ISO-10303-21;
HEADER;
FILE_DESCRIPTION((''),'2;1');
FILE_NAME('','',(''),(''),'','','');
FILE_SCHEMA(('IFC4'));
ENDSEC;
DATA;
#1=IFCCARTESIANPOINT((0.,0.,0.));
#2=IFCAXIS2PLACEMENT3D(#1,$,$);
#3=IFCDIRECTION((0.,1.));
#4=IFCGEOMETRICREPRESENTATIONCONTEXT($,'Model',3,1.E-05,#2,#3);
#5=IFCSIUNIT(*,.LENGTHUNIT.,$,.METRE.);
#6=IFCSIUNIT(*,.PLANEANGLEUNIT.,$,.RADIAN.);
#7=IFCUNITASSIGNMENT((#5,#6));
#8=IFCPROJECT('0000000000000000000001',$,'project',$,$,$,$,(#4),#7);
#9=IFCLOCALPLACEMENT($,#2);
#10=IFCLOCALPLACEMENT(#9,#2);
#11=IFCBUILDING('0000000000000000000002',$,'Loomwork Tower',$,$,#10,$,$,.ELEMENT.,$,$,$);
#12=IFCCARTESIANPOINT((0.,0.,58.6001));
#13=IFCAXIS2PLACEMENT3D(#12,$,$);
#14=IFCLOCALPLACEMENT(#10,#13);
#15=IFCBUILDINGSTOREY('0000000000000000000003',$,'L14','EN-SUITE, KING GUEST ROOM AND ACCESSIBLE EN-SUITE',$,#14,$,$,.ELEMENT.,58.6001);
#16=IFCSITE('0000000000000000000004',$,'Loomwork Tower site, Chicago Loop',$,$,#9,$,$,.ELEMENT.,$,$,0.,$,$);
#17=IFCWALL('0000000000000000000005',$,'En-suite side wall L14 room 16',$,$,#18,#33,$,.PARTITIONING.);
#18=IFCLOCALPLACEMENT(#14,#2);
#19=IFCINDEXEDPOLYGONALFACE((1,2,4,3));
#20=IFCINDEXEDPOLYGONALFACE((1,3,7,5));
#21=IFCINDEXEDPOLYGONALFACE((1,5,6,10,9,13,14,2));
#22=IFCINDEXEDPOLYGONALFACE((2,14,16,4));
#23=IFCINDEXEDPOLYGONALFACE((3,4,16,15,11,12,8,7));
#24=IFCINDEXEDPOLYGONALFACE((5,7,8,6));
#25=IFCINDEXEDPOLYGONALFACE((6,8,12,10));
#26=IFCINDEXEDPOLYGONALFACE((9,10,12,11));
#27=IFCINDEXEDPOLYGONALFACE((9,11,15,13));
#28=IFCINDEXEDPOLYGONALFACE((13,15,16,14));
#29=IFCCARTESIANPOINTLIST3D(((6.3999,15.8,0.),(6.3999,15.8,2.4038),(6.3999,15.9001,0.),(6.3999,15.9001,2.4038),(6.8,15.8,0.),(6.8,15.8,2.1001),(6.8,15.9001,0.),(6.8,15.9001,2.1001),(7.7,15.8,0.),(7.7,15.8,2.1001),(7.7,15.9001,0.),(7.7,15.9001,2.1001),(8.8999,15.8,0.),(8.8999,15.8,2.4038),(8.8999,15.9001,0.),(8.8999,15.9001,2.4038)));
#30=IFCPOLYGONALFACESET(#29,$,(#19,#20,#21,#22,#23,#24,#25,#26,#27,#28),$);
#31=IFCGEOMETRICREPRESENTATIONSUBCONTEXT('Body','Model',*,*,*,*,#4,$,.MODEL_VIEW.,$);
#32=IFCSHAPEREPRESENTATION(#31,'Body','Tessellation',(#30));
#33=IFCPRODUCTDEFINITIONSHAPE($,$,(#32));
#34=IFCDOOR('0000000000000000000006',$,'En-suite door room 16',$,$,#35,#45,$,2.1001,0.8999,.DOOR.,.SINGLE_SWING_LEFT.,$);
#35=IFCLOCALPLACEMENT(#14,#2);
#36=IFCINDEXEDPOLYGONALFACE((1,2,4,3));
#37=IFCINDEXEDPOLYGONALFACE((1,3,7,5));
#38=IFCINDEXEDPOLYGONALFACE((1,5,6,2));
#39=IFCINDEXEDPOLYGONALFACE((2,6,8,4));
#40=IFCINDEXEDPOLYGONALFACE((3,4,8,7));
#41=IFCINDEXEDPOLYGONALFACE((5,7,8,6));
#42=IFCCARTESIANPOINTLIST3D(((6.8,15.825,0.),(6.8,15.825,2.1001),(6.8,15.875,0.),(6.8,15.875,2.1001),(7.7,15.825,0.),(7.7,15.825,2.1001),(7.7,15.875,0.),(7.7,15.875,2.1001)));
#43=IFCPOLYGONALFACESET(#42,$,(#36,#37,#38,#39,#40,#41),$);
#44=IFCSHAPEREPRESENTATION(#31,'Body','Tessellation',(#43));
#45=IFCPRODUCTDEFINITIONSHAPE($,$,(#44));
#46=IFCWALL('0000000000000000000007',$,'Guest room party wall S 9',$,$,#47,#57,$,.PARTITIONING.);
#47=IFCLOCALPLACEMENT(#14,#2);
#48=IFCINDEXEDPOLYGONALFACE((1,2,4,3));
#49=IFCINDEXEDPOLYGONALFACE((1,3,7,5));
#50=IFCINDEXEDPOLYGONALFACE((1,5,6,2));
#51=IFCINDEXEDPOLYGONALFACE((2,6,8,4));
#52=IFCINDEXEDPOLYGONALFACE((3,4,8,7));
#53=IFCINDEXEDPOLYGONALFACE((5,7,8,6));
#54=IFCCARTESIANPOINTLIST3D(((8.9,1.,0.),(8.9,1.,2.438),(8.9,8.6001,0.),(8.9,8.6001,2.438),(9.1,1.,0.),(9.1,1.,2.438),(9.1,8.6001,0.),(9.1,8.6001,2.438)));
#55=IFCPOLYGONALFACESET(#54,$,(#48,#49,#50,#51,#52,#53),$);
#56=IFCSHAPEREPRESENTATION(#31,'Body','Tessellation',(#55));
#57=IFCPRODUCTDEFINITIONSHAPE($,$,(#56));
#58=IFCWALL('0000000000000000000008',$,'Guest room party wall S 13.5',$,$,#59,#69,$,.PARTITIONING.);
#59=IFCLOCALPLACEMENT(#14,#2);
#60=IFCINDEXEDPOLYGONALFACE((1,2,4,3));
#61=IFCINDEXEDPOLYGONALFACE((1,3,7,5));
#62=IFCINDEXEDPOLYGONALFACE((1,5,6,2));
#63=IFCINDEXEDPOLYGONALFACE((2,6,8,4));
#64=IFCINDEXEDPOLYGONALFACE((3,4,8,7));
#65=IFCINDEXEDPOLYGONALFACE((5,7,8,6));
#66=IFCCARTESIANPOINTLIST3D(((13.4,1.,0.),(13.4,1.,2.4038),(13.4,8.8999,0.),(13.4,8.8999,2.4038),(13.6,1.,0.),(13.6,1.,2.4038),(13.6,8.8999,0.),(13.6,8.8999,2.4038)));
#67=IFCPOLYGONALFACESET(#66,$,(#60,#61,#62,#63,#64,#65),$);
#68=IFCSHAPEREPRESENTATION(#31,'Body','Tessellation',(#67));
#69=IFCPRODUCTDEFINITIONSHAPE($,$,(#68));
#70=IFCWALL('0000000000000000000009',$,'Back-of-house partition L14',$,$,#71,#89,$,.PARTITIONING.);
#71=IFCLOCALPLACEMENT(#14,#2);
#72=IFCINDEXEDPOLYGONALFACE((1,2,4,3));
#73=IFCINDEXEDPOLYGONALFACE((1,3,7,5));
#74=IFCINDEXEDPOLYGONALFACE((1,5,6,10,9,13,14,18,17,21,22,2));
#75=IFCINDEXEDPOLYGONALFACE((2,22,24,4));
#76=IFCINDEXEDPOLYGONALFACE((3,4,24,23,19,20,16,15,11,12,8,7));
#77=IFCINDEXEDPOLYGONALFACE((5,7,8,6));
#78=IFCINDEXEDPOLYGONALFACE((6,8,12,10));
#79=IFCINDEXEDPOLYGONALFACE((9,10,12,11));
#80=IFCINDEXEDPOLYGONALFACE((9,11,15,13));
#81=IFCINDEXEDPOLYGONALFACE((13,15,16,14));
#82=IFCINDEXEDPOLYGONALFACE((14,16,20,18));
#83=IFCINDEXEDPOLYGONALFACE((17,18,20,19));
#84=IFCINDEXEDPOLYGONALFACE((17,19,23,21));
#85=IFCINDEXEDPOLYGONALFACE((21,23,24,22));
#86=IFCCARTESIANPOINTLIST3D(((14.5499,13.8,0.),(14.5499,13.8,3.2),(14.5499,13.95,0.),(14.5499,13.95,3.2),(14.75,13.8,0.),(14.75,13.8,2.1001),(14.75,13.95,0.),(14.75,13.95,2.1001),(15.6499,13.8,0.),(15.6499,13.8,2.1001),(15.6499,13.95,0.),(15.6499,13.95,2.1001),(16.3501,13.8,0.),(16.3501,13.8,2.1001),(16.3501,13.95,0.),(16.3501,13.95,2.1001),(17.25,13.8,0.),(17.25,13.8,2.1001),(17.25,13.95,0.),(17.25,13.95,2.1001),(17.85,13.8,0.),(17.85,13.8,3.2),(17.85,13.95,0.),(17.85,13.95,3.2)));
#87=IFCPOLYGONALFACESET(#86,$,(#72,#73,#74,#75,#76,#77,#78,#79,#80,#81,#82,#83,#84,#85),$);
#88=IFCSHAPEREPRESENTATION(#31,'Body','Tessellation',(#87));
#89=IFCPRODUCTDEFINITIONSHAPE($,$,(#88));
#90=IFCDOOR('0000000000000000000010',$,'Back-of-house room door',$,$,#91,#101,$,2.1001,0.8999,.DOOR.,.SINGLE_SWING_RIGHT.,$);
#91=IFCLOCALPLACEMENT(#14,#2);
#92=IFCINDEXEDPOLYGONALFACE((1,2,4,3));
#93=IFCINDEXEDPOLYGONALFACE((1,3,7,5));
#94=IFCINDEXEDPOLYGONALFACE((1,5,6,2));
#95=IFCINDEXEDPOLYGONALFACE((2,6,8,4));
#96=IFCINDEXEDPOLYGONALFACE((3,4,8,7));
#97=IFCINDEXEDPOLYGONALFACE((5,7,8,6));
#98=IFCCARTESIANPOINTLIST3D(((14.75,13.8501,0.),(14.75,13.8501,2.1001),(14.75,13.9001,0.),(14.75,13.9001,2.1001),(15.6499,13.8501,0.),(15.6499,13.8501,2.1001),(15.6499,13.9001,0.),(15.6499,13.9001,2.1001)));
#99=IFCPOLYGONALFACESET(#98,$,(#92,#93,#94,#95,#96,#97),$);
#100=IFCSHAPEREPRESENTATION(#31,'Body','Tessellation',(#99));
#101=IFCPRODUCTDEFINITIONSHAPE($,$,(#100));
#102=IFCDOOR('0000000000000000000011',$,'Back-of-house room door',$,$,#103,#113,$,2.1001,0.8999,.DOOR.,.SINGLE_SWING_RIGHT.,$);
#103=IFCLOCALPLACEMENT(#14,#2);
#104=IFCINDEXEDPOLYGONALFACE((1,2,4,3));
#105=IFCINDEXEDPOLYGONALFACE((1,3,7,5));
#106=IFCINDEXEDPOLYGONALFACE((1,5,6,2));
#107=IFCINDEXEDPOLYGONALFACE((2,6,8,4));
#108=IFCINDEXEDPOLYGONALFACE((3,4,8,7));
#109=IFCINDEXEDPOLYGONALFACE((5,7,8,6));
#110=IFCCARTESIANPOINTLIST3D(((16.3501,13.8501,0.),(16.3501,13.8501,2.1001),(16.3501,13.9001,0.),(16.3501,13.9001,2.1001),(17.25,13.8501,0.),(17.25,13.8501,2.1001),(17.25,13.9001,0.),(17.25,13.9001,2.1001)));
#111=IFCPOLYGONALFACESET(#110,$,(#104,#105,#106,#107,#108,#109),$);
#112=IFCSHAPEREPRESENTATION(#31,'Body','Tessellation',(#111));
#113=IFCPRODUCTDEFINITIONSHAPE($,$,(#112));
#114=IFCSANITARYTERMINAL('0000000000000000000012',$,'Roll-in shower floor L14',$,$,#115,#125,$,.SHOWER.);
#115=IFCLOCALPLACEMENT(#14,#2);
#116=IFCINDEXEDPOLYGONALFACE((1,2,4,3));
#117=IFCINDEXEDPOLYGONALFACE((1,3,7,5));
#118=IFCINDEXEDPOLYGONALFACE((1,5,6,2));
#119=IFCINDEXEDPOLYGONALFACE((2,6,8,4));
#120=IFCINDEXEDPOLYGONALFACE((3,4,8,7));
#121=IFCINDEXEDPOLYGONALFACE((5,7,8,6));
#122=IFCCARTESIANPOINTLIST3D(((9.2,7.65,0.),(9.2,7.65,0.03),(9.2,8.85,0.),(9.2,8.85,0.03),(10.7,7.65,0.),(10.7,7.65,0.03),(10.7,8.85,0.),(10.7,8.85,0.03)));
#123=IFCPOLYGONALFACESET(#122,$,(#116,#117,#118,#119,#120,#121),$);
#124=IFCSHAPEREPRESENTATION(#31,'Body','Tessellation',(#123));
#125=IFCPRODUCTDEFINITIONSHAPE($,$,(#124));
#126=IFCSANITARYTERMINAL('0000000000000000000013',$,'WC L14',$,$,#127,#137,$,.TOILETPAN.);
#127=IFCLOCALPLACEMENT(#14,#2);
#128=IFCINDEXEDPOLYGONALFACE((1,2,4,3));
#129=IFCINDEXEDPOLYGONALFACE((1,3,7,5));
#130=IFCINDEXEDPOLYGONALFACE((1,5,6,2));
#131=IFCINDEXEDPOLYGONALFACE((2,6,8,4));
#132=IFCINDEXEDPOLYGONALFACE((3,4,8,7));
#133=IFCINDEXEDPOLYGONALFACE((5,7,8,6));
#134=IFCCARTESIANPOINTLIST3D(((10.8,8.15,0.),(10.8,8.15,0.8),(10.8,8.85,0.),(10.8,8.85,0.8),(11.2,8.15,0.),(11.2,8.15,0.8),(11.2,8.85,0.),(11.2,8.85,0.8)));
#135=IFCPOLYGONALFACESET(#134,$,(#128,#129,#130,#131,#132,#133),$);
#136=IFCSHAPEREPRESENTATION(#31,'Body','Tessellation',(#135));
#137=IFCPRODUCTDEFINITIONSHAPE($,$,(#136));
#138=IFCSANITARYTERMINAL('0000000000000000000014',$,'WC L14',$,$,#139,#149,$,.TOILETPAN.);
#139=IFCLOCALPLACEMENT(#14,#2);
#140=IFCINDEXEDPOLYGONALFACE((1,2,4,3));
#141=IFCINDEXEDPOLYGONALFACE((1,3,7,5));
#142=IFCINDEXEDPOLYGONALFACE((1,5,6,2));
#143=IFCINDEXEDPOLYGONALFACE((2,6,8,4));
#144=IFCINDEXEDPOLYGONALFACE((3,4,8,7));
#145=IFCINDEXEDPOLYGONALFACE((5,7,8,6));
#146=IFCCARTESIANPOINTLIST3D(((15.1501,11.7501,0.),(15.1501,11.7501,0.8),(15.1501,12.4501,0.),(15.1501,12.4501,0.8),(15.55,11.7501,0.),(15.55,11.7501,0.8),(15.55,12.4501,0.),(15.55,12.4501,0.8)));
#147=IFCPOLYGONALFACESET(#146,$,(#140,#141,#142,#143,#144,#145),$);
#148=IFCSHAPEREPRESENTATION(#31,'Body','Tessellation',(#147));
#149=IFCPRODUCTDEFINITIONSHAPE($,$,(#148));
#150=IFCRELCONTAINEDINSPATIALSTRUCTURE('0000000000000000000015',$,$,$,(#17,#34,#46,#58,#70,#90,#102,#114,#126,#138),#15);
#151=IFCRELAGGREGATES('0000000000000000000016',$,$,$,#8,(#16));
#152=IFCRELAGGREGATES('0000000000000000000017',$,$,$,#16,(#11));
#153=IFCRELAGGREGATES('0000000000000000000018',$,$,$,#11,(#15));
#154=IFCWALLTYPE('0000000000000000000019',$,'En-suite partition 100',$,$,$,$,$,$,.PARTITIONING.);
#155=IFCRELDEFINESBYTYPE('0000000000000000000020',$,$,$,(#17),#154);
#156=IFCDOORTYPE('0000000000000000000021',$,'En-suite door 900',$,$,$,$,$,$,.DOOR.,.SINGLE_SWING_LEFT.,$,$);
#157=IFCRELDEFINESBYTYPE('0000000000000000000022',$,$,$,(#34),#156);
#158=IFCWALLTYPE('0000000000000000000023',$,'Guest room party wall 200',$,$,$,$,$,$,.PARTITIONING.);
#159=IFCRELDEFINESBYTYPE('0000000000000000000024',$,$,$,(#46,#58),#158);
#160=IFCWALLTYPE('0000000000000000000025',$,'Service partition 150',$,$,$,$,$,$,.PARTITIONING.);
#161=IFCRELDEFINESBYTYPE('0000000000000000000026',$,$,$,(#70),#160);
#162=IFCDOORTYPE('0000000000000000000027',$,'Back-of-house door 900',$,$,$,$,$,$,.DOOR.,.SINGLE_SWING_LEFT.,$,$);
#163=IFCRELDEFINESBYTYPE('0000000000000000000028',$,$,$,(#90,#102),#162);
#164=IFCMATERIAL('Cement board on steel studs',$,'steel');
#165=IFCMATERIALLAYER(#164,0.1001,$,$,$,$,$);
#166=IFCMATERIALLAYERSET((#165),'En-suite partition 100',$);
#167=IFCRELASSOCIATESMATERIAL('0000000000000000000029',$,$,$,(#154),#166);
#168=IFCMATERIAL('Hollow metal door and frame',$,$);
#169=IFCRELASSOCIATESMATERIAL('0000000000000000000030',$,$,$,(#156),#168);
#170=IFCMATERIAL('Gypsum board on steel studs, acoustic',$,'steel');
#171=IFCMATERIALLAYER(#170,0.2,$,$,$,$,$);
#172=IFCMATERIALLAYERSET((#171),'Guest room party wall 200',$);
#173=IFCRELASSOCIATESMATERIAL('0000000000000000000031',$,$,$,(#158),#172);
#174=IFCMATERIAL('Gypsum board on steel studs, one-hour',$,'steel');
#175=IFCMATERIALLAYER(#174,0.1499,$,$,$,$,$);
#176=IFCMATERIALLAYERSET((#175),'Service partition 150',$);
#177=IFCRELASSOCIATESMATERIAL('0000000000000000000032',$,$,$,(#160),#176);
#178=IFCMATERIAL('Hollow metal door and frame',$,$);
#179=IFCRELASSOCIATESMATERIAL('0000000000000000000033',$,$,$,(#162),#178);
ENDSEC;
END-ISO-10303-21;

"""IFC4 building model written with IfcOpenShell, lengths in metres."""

from ifc_helpers import new_model, si_unit, direction, frame, frame_2d, origin, origin_2d, place, context, subcontext, project, spatial, rectangle, extrude, material, layer, layer_set, type_object, element, fill, save


model = new_model("IFC4")

# Units and contexts
model_context = context("Model", 3, precision=1e-05, world=origin(), true_north=direction((0.0, 1.0)))
body_context = subcontext(model_context, "Body", "Model", "MODEL_VIEW")
ifc_project = project(units=[si_unit("LENGTHUNIT", "METRE"), si_unit("PLANEANGLEUNIT", "RADIAN")], contexts=[model_context])

# Site, building, storey
site_placement = place(None, origin())
site = spatial("IfcSite", under=ifc_project, at=site_placement, Name="Loomwork Tower site, Chicago Loop", CompositionType="ELEMENT", RefElevation=0.0)
building_placement = place(site_placement, origin())
building = spatial("IfcBuilding", under=site, at=building_placement, Name="Loomwork Tower", CompositionType="ELEMENT")
storey_placement = place(building_placement, frame((0.0, 0.0, 58.6001)))
storey = spatial("IfcBuildingStorey", under=building, at=storey_placement, Name="L14", Description="EN-SUITE, KING GUEST ROOM AND ACCESSIBLE EN-SUITE", CompositionType="ELEMENT", Elevation=58.6001)

# Shared definitions
ifc_material_1 = material(Name="Cement board on steel studs", Category="steel")
ifc_layer_1 = layer(ifc_material_1, 0.1001)
ifc_layer_set_1 = layer_set([ifc_layer_1], Name="En-suite partition 100")
wall_type_1 = type_object("IfcWallType", Name="En-suite partition 100", PredefinedType="PARTITIONING", material=ifc_layer_set_1)

# Wall, opening, door
wall_1_placement = place(storey_placement, frame((8.8999, 15.8501, 0.0), z_axis=(0.0, 0.0, 1.0), x_axis=(-1.0, 0.0, 0.0)))
wall_1 = element("IfcWall", 1, at=wall_1_placement, inside=storey, type_object=wall_type_1, Name="En-suite side wall L14 room 16", PredefinedType="PARTITIONING", context=body_context, shape_type="SweptSolid", body=[
    extrude(rectangle(XDim=2.5, YDim=0.1001, at=frame_2d((1.25, 0.0))), origin(), (0.0, 0.0, 1.0), 2.4038),
])
opening_1_placement = place(wall_1_placement, frame((1.2, 0.0, 0.0)))
opening_1 = element("IfcOpeningElement", 2, at=opening_1_placement, cuts=wall_1, PredefinedType="OPENING", context=body_context, shape_type="SweptSolid", body=[
    extrude(rectangle(XDim=0.8999, YDim=2.1001, at=frame_2d((0.45, 1.05))), frame((0.0, 0.0601, 0.0), z_axis=(0.0, -1.0, 0.0), x_axis=(1.0, 0.0, 0.0)), (0.0, 0.0, 1.0), 0.1201),
])
ifc_material_2 = material(Name="Hollow metal door and frame")
door_type_1 = type_object("IfcDoorType", Name="En-suite door 900", OperationType="SINGLE_SWING_LEFT", PredefinedType="DOOR", material=ifc_material_2)
door_1_placement = place(opening_1_placement, frame((0.8999, 0.0, 0.0), z_axis=(0.0, 0.0, 1.0), x_axis=(-1.0, 0.0, 0.0)))
door_1 = element("IfcDoor", 3, at=door_1_placement, inside=storey, type_object=door_type_1, Name="En-suite door room 16", OperationType="SINGLE_SWING_LEFT", OverallHeight=2.1001, OverallWidth=0.8999, PredefinedType="DOOR", context=body_context, shape_type="SweptSolid", body=[
    extrude(rectangle(XDim=0.8999, YDim=2.1001, at=frame_2d((0.45, 1.05))), frame((0.0, 0.0249, 0.0), z_axis=(0.0, -1.0, 0.0), x_axis=(1.0, 0.0, 0.0)), (0.0, 0.0, 1.0), 0.05),
])
fill(opening_1, door_1)

# Walls
ifc_material_3 = material(Name="Gypsum board on steel studs, acoustic", Category="steel")
ifc_layer_2 = layer(ifc_material_3, 0.2)
ifc_layer_set_2 = layer_set([ifc_layer_2], Name="Guest room party wall 200")
wall_type_2 = type_object("IfcWallType", Name="Guest room party wall 200", PredefinedType="PARTITIONING", material=ifc_layer_set_2)
wall_2_placement = place(storey_placement, frame((9.0, 8.6001, 0.0), z_axis=(0.0, 0.0, 1.0), x_axis=(0.0, -1.0, 0.0)))
element("IfcWall", 4, at=wall_2_placement, inside=storey, type_object=wall_type_2, Name="Guest room party wall S 9", PredefinedType="PARTITIONING", context=body_context, shape_type="SweptSolid", body=[
    extrude(rectangle(XDim=7.6001, YDim=0.2, at=frame_2d((3.8, 0.0))), origin(), (0.0, 0.0, 1.0), 2.438),
])
wall_3_placement = place(storey_placement, frame((13.5, 8.8999, 0.0), z_axis=(0.0, 0.0, 1.0), x_axis=(0.0, -1.0, 0.0)))
element("IfcWall", 5, at=wall_3_placement, inside=storey, type_object=wall_type_2, Name="Guest room party wall S 13.5", PredefinedType="PARTITIONING", context=body_context, shape_type="SweptSolid", body=[
    extrude(rectangle(XDim=7.8999, YDim=0.2, at=frame_2d((3.95, 0.0))), origin(), (0.0, 0.0, 1.0), 2.4038),
])

# Wall, openings, doors
ifc_material_4 = material(Name="Gypsum board on steel studs, one-hour", Category="steel")
ifc_layer_3 = layer(ifc_material_4, 0.1499)
ifc_layer_set_3 = layer_set([ifc_layer_3], Name="Service partition 150")
wall_type_3 = type_object("IfcWallType", Name="Service partition 150", PredefinedType="PARTITIONING", material=ifc_layer_set_3)
wall_4_placement = place(storey_placement, frame((14.55, 13.875, 0.0), z_axis=(0.0, 0.0, 1.0), x_axis=(1.0, 0.0, 0.0)))
wall_4 = element("IfcWall", 6, at=wall_4_placement, inside=storey, type_object=wall_type_3, Name="Back-of-house partition L14", PredefinedType="PARTITIONING", context=body_context, shape_type="SweptSolid", body=[
    extrude(rectangle(XDim=3.3, YDim=0.1499, at=frame_2d((1.6499, 0.0))), origin(), (0.0, 0.0, 1.0), 3.2),
])
opening_2_placement = place(wall_4_placement, frame((0.2, 0.0, 0.0)))
opening_2 = element("IfcOpeningElement", 7, at=opening_2_placement, cuts=wall_4, PredefinedType="OPENING", context=body_context, shape_type="SweptSolid", body=[
    extrude(rectangle(XDim=0.8999, YDim=2.1001, at=frame_2d((0.45, 1.05))), frame((0.0, 0.085, 0.0), z_axis=(0.0, -1.0, 0.0), x_axis=(1.0, 0.0, 0.0)), (0.0, 0.0, 1.0), 0.1699),
])
opening_3_placement = place(wall_4_placement, frame((1.8, 0.0, 0.0)))
opening_3 = element("IfcOpeningElement", 8, at=opening_3_placement, cuts=wall_4, PredefinedType="OPENING", context=body_context, shape_type="SweptSolid", body=[
    extrude(rectangle(XDim=0.8999, YDim=2.1001, at=frame_2d((0.45, 1.05))), frame((0.0, 0.085, 0.0), z_axis=(0.0, -1.0, 0.0), x_axis=(1.0, 0.0, 0.0)), (0.0, 0.0, 1.0), 0.1699),
])
ifc_material_5 = material(Name="Hollow metal door and frame")
door_type_2 = type_object("IfcDoorType", Name="Back-of-house door 900", OperationType="SINGLE_SWING_LEFT", PredefinedType="DOOR", material=ifc_material_5)
door_2_placement = place(opening_2_placement, frame((0.8999, 0.0, 0.0), z_axis=(0.0, 0.0, 1.0), x_axis=(-1.0, 0.0, 0.0)))
door_2 = element("IfcDoor", 9, at=door_2_placement, inside=storey, type_object=door_type_2, Name="Back-of-house room door", OperationType="SINGLE_SWING_RIGHT", OverallHeight=2.1001, OverallWidth=0.8999, PredefinedType="DOOR", context=body_context, shape_type="SweptSolid", body=[
    extrude(rectangle(XDim=0.8999, YDim=2.1001, at=frame_2d((0.45, 1.05))), frame((0.0, 0.0249, 0.0), z_axis=(0.0, -1.0, 0.0), x_axis=(1.0, 0.0, 0.0)), (0.0, 0.0, 1.0), 0.05),
])
fill(opening_2, door_2)
door_3_placement = place(opening_3_placement, frame((0.8999, 0.0, 0.0), z_axis=(0.0, 0.0, 1.0), x_axis=(-1.0, 0.0, 0.0)))
door_3 = element("IfcDoor", 10, at=door_3_placement, inside=storey, type_object=door_type_2, Name="Back-of-house room door", OperationType="SINGLE_SWING_RIGHT", OverallHeight=2.1001, OverallWidth=0.8999, PredefinedType="DOOR", context=body_context, shape_type="SweptSolid", body=[
    extrude(rectangle(XDim=0.8999, YDim=2.1001, at=frame_2d((0.45, 1.05))), frame((0.0, 0.0249, 0.0), z_axis=(0.0, -1.0, 0.0), x_axis=(1.0, 0.0, 0.0)), (0.0, 0.0, 1.0), 0.05),
])
fill(opening_3, door_3)

# Sanitary terminals
sanitary_terminal_placement = place(storey_placement, frame((9.95, 8.25, 0.0), z_axis=(0.0, 0.0, 1.0), x_axis=(1.0, 0.0, 0.0)))
element("IfcSanitaryTerminal", 11, at=sanitary_terminal_placement, inside=storey, Name="Roll-in shower floor L14", PredefinedType="SHOWER", context=body_context, shape_type="SweptSolid", body=[
    extrude(rectangle(XDim=1.5, YDim=1.2, at=origin_2d()), origin(), (0.0, 0.0, 1.0), 0.03),
])
for number, where, z_axis, x_axis, name in (
    (12, (11.0, 8.5, 0.0), (0.0, 0.0, 1.0), (1.0, 0.0, 0.0), "WC L14"),
    (13, (15.3501, 12.1001, 0.0), (0.0, 0.0, 1.0), (1.0, 0.0, 0.0), "WC L14"),
):
    element("IfcSanitaryTerminal", number, at=place(storey_placement, frame(where, z_axis=z_axis, x_axis=x_axis)), inside=storey, Name=name, PredefinedType="TOILETPAN", context=body_context, shape_type="SweptSolid", body=[
        extrude(rectangle(XDim=0.3999, YDim=0.7, at=origin_2d()), origin(), (0.0, 0.0, 1.0), 0.8),
    ])

save(model, "model.ifc")
